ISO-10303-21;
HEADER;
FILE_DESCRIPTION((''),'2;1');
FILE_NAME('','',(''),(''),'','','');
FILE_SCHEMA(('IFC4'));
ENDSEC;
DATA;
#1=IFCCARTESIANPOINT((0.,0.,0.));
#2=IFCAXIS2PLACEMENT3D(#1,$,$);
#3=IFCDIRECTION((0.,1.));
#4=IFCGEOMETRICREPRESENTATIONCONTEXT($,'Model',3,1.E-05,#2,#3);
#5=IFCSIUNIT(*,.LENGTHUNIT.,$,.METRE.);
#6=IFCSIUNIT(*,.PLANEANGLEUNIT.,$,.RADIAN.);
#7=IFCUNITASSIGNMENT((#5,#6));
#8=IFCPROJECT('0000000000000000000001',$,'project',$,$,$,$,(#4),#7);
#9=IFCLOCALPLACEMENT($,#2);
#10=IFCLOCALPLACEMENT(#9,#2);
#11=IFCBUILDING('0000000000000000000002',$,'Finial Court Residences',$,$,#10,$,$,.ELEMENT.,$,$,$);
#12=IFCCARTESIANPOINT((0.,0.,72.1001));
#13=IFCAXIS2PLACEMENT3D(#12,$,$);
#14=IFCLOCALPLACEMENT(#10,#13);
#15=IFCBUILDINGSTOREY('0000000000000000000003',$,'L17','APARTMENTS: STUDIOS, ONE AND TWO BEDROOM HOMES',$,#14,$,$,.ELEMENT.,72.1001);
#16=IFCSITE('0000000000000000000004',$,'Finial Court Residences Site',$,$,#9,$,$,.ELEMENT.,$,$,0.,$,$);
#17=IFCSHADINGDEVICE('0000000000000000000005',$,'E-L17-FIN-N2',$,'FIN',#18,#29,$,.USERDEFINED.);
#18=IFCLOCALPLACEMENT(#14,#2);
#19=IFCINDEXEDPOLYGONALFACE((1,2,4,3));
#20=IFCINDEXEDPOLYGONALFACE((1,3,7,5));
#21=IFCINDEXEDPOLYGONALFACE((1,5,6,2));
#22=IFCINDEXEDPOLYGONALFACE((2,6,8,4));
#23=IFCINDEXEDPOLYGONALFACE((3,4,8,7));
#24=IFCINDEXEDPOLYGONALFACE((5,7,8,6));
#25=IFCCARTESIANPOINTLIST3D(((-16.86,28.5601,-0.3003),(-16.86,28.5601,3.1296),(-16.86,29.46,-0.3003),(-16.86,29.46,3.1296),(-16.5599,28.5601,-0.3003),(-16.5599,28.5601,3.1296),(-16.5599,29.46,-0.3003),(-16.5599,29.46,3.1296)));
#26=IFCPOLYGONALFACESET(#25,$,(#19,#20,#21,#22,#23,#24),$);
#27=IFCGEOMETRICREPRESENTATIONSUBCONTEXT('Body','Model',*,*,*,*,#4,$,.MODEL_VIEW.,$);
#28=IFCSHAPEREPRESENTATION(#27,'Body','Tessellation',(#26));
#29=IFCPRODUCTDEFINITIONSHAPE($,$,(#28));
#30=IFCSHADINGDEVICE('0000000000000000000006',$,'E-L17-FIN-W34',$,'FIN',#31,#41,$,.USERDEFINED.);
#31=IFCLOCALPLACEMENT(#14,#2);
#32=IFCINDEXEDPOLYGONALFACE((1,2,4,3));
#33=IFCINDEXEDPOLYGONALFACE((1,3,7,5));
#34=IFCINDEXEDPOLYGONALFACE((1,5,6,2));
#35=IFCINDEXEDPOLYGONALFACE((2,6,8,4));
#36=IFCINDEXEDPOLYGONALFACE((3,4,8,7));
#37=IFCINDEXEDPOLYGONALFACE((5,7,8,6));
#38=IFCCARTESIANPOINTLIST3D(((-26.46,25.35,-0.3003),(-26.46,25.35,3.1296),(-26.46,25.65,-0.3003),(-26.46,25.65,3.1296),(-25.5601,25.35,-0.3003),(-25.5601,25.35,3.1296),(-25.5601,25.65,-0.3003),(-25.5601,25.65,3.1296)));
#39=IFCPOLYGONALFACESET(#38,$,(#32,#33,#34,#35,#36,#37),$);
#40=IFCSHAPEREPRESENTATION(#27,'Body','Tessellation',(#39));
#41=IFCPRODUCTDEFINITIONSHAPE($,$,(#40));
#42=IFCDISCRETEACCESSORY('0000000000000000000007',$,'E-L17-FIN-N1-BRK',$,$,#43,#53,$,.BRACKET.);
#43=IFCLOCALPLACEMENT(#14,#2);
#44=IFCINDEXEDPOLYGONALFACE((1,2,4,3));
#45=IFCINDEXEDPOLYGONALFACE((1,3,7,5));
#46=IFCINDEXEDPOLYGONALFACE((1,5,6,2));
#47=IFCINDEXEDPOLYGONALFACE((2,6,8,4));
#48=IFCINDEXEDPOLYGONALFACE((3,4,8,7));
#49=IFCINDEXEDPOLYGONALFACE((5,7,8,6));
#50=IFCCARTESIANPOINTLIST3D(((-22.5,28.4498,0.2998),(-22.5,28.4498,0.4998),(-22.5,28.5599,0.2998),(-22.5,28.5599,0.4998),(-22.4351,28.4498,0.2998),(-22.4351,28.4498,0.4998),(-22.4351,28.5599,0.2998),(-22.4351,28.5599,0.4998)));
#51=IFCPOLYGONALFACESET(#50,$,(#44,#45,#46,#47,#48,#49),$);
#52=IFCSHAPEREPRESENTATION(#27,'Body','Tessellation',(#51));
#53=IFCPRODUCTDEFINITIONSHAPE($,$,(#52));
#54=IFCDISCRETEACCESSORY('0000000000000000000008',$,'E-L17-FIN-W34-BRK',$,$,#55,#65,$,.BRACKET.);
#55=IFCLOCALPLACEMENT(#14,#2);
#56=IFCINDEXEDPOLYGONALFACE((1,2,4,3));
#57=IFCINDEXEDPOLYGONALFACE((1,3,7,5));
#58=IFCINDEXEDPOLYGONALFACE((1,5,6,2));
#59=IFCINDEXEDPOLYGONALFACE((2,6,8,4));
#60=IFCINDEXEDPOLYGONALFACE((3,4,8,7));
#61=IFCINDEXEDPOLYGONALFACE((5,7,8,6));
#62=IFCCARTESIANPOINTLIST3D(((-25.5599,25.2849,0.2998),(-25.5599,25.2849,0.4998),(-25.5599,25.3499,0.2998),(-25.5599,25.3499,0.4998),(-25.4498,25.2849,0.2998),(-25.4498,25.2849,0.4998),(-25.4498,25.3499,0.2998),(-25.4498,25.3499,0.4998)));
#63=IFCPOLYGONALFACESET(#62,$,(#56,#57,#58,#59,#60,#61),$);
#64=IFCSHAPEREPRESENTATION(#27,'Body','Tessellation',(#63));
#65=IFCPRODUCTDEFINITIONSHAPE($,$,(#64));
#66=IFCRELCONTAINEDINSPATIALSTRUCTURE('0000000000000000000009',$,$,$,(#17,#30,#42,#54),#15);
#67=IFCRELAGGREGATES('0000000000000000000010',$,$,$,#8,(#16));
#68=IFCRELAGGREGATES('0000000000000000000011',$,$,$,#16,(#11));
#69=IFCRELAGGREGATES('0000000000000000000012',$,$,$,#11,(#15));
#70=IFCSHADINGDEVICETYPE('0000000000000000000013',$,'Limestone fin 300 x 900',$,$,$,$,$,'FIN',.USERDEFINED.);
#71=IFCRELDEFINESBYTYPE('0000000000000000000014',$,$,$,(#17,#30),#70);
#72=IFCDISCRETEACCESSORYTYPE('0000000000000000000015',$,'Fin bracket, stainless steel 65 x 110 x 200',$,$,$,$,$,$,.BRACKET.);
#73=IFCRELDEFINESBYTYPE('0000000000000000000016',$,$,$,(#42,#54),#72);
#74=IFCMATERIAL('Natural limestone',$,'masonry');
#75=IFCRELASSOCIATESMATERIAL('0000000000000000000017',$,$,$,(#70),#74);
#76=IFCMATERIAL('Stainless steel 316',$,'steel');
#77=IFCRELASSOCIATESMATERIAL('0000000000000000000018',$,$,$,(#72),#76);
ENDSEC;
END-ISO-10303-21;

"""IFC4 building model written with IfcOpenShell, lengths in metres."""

from ifc_helpers import new_model, si_unit, direction, frame, origin, origin_2d, place, context, subcontext, project, spatial, rectangle, extrude, material, type_object, element, save


model = new_model("IFC4")

# Units and contexts
model_context = context("Model", 3, precision=1e-05, world=origin(), true_north=direction((0.0, 1.0)))
body_context = subcontext(model_context, "Body", "Model", "MODEL_VIEW")
ifc_project = project(units=[si_unit("LENGTHUNIT", "METRE"), si_unit("PLANEANGLEUNIT", "RADIAN")], contexts=[model_context])

# Site, building, storey
site_placement = place(None, origin())
site = spatial("IfcSite", under=ifc_project, at=site_placement, Name="Finial Court Residences Site", CompositionType="ELEMENT", RefElevation=0.0)
building_placement = place(site_placement, origin())
building = spatial("IfcBuilding", under=site, at=building_placement, Name="Finial Court Residences", CompositionType="ELEMENT")
storey_placement = place(building_placement, frame((0.0, 0.0, 72.1001)))
storey = spatial("IfcBuildingStorey", under=building, at=storey_placement, Name="L17", Description="APARTMENTS: STUDIOS, ONE AND TWO BEDROOM HOMES", CompositionType="ELEMENT", Elevation=72.1001)

# Shared definitions
ifc_material_1 = material(Name="Natural limestone", Category="masonry")

# Shading devices
shading_device_type = type_object("IfcShadingDeviceType", Name="Limestone fin 300 x 900", ElementType="FIN", PredefinedType="USERDEFINED", material=ifc_material_1)
for number, where, z_axis, x_axis, name in (
    (1, (-16.71, 29.01, -0.3003), (0.0, 0.0, 1.0), (1.0, 0.0, 0.0), "E-L17-FIN-N2"),
):
    element("IfcShadingDevice", number, at=place(storey_placement, frame(where, z_axis=z_axis, x_axis=x_axis)), inside=storey, type_object=shading_device_type, Name=name, ObjectType="FIN", PredefinedType="USERDEFINED", context=body_context, shape_type="SweptSolid", body=[
        extrude(rectangle(XDim=0.3, YDim=0.8999, at=origin_2d()), origin(), (0.0, 0.0, 1.0), 3.4299),
    ])
shading_device_placement = place(storey_placement, frame((-26.01, 25.5, -0.3003), z_axis=(0.0, 0.0, 1.0), x_axis=(1.0, 0.0, 0.0)))
element("IfcShadingDevice", 2, at=shading_device_placement, inside=storey, type_object=shading_device_type, Name="E-L17-FIN-W34", ObjectType="FIN", PredefinedType="USERDEFINED", context=body_context, shape_type="SweptSolid", body=[
    extrude(rectangle(XDim=0.8999, YDim=0.3, at=origin_2d()), origin(), (0.0, 0.0, 1.0), 3.4299),
])

# Discrete accessories
ifc_material_2 = material(Name="Stainless steel 316", Category="steel")
discrete_accessory_type = type_object("IfcDiscreteAccessoryType", Name="Fin bracket, stainless steel 65 x 110 x 200", PredefinedType="BRACKET", material=ifc_material_2)
discrete_accessory_1_placement = place(storey_placement, frame((-22.4675, 28.5049, 0.2998), z_axis=(0.0, 0.0, 1.0), x_axis=(1.0, 0.0, 0.0)))
element("IfcDiscreteAccessory", 3, at=discrete_accessory_1_placement, inside=storey, type_object=discrete_accessory_type, Name="E-L17-FIN-N1-BRK", PredefinedType="BRACKET", context=body_context, shape_type="SweptSolid", body=[
    extrude(rectangle(XDim=0.0649, YDim=0.1101, at=origin_2d()), origin(), (0.0, 0.0, 1.0), 0.2),
])
discrete_accessory_2_placement = place(storey_placement, frame((-25.5049, 25.3174, 0.2998), z_axis=(0.0, 0.0, 1.0), x_axis=(1.0, 0.0, 0.0)))
element("IfcDiscreteAccessory", 4, at=discrete_accessory_2_placement, inside=storey, type_object=discrete_accessory_type, Name="E-L17-FIN-W34-BRK", PredefinedType="BRACKET", context=body_context, shape_type="SweptSolid", body=[
    extrude(rectangle(XDim=0.1101, YDim=0.0649, at=origin_2d()), origin(), (0.0, 0.0, 1.0), 0.2),
])

save(model, "model.ifc")
